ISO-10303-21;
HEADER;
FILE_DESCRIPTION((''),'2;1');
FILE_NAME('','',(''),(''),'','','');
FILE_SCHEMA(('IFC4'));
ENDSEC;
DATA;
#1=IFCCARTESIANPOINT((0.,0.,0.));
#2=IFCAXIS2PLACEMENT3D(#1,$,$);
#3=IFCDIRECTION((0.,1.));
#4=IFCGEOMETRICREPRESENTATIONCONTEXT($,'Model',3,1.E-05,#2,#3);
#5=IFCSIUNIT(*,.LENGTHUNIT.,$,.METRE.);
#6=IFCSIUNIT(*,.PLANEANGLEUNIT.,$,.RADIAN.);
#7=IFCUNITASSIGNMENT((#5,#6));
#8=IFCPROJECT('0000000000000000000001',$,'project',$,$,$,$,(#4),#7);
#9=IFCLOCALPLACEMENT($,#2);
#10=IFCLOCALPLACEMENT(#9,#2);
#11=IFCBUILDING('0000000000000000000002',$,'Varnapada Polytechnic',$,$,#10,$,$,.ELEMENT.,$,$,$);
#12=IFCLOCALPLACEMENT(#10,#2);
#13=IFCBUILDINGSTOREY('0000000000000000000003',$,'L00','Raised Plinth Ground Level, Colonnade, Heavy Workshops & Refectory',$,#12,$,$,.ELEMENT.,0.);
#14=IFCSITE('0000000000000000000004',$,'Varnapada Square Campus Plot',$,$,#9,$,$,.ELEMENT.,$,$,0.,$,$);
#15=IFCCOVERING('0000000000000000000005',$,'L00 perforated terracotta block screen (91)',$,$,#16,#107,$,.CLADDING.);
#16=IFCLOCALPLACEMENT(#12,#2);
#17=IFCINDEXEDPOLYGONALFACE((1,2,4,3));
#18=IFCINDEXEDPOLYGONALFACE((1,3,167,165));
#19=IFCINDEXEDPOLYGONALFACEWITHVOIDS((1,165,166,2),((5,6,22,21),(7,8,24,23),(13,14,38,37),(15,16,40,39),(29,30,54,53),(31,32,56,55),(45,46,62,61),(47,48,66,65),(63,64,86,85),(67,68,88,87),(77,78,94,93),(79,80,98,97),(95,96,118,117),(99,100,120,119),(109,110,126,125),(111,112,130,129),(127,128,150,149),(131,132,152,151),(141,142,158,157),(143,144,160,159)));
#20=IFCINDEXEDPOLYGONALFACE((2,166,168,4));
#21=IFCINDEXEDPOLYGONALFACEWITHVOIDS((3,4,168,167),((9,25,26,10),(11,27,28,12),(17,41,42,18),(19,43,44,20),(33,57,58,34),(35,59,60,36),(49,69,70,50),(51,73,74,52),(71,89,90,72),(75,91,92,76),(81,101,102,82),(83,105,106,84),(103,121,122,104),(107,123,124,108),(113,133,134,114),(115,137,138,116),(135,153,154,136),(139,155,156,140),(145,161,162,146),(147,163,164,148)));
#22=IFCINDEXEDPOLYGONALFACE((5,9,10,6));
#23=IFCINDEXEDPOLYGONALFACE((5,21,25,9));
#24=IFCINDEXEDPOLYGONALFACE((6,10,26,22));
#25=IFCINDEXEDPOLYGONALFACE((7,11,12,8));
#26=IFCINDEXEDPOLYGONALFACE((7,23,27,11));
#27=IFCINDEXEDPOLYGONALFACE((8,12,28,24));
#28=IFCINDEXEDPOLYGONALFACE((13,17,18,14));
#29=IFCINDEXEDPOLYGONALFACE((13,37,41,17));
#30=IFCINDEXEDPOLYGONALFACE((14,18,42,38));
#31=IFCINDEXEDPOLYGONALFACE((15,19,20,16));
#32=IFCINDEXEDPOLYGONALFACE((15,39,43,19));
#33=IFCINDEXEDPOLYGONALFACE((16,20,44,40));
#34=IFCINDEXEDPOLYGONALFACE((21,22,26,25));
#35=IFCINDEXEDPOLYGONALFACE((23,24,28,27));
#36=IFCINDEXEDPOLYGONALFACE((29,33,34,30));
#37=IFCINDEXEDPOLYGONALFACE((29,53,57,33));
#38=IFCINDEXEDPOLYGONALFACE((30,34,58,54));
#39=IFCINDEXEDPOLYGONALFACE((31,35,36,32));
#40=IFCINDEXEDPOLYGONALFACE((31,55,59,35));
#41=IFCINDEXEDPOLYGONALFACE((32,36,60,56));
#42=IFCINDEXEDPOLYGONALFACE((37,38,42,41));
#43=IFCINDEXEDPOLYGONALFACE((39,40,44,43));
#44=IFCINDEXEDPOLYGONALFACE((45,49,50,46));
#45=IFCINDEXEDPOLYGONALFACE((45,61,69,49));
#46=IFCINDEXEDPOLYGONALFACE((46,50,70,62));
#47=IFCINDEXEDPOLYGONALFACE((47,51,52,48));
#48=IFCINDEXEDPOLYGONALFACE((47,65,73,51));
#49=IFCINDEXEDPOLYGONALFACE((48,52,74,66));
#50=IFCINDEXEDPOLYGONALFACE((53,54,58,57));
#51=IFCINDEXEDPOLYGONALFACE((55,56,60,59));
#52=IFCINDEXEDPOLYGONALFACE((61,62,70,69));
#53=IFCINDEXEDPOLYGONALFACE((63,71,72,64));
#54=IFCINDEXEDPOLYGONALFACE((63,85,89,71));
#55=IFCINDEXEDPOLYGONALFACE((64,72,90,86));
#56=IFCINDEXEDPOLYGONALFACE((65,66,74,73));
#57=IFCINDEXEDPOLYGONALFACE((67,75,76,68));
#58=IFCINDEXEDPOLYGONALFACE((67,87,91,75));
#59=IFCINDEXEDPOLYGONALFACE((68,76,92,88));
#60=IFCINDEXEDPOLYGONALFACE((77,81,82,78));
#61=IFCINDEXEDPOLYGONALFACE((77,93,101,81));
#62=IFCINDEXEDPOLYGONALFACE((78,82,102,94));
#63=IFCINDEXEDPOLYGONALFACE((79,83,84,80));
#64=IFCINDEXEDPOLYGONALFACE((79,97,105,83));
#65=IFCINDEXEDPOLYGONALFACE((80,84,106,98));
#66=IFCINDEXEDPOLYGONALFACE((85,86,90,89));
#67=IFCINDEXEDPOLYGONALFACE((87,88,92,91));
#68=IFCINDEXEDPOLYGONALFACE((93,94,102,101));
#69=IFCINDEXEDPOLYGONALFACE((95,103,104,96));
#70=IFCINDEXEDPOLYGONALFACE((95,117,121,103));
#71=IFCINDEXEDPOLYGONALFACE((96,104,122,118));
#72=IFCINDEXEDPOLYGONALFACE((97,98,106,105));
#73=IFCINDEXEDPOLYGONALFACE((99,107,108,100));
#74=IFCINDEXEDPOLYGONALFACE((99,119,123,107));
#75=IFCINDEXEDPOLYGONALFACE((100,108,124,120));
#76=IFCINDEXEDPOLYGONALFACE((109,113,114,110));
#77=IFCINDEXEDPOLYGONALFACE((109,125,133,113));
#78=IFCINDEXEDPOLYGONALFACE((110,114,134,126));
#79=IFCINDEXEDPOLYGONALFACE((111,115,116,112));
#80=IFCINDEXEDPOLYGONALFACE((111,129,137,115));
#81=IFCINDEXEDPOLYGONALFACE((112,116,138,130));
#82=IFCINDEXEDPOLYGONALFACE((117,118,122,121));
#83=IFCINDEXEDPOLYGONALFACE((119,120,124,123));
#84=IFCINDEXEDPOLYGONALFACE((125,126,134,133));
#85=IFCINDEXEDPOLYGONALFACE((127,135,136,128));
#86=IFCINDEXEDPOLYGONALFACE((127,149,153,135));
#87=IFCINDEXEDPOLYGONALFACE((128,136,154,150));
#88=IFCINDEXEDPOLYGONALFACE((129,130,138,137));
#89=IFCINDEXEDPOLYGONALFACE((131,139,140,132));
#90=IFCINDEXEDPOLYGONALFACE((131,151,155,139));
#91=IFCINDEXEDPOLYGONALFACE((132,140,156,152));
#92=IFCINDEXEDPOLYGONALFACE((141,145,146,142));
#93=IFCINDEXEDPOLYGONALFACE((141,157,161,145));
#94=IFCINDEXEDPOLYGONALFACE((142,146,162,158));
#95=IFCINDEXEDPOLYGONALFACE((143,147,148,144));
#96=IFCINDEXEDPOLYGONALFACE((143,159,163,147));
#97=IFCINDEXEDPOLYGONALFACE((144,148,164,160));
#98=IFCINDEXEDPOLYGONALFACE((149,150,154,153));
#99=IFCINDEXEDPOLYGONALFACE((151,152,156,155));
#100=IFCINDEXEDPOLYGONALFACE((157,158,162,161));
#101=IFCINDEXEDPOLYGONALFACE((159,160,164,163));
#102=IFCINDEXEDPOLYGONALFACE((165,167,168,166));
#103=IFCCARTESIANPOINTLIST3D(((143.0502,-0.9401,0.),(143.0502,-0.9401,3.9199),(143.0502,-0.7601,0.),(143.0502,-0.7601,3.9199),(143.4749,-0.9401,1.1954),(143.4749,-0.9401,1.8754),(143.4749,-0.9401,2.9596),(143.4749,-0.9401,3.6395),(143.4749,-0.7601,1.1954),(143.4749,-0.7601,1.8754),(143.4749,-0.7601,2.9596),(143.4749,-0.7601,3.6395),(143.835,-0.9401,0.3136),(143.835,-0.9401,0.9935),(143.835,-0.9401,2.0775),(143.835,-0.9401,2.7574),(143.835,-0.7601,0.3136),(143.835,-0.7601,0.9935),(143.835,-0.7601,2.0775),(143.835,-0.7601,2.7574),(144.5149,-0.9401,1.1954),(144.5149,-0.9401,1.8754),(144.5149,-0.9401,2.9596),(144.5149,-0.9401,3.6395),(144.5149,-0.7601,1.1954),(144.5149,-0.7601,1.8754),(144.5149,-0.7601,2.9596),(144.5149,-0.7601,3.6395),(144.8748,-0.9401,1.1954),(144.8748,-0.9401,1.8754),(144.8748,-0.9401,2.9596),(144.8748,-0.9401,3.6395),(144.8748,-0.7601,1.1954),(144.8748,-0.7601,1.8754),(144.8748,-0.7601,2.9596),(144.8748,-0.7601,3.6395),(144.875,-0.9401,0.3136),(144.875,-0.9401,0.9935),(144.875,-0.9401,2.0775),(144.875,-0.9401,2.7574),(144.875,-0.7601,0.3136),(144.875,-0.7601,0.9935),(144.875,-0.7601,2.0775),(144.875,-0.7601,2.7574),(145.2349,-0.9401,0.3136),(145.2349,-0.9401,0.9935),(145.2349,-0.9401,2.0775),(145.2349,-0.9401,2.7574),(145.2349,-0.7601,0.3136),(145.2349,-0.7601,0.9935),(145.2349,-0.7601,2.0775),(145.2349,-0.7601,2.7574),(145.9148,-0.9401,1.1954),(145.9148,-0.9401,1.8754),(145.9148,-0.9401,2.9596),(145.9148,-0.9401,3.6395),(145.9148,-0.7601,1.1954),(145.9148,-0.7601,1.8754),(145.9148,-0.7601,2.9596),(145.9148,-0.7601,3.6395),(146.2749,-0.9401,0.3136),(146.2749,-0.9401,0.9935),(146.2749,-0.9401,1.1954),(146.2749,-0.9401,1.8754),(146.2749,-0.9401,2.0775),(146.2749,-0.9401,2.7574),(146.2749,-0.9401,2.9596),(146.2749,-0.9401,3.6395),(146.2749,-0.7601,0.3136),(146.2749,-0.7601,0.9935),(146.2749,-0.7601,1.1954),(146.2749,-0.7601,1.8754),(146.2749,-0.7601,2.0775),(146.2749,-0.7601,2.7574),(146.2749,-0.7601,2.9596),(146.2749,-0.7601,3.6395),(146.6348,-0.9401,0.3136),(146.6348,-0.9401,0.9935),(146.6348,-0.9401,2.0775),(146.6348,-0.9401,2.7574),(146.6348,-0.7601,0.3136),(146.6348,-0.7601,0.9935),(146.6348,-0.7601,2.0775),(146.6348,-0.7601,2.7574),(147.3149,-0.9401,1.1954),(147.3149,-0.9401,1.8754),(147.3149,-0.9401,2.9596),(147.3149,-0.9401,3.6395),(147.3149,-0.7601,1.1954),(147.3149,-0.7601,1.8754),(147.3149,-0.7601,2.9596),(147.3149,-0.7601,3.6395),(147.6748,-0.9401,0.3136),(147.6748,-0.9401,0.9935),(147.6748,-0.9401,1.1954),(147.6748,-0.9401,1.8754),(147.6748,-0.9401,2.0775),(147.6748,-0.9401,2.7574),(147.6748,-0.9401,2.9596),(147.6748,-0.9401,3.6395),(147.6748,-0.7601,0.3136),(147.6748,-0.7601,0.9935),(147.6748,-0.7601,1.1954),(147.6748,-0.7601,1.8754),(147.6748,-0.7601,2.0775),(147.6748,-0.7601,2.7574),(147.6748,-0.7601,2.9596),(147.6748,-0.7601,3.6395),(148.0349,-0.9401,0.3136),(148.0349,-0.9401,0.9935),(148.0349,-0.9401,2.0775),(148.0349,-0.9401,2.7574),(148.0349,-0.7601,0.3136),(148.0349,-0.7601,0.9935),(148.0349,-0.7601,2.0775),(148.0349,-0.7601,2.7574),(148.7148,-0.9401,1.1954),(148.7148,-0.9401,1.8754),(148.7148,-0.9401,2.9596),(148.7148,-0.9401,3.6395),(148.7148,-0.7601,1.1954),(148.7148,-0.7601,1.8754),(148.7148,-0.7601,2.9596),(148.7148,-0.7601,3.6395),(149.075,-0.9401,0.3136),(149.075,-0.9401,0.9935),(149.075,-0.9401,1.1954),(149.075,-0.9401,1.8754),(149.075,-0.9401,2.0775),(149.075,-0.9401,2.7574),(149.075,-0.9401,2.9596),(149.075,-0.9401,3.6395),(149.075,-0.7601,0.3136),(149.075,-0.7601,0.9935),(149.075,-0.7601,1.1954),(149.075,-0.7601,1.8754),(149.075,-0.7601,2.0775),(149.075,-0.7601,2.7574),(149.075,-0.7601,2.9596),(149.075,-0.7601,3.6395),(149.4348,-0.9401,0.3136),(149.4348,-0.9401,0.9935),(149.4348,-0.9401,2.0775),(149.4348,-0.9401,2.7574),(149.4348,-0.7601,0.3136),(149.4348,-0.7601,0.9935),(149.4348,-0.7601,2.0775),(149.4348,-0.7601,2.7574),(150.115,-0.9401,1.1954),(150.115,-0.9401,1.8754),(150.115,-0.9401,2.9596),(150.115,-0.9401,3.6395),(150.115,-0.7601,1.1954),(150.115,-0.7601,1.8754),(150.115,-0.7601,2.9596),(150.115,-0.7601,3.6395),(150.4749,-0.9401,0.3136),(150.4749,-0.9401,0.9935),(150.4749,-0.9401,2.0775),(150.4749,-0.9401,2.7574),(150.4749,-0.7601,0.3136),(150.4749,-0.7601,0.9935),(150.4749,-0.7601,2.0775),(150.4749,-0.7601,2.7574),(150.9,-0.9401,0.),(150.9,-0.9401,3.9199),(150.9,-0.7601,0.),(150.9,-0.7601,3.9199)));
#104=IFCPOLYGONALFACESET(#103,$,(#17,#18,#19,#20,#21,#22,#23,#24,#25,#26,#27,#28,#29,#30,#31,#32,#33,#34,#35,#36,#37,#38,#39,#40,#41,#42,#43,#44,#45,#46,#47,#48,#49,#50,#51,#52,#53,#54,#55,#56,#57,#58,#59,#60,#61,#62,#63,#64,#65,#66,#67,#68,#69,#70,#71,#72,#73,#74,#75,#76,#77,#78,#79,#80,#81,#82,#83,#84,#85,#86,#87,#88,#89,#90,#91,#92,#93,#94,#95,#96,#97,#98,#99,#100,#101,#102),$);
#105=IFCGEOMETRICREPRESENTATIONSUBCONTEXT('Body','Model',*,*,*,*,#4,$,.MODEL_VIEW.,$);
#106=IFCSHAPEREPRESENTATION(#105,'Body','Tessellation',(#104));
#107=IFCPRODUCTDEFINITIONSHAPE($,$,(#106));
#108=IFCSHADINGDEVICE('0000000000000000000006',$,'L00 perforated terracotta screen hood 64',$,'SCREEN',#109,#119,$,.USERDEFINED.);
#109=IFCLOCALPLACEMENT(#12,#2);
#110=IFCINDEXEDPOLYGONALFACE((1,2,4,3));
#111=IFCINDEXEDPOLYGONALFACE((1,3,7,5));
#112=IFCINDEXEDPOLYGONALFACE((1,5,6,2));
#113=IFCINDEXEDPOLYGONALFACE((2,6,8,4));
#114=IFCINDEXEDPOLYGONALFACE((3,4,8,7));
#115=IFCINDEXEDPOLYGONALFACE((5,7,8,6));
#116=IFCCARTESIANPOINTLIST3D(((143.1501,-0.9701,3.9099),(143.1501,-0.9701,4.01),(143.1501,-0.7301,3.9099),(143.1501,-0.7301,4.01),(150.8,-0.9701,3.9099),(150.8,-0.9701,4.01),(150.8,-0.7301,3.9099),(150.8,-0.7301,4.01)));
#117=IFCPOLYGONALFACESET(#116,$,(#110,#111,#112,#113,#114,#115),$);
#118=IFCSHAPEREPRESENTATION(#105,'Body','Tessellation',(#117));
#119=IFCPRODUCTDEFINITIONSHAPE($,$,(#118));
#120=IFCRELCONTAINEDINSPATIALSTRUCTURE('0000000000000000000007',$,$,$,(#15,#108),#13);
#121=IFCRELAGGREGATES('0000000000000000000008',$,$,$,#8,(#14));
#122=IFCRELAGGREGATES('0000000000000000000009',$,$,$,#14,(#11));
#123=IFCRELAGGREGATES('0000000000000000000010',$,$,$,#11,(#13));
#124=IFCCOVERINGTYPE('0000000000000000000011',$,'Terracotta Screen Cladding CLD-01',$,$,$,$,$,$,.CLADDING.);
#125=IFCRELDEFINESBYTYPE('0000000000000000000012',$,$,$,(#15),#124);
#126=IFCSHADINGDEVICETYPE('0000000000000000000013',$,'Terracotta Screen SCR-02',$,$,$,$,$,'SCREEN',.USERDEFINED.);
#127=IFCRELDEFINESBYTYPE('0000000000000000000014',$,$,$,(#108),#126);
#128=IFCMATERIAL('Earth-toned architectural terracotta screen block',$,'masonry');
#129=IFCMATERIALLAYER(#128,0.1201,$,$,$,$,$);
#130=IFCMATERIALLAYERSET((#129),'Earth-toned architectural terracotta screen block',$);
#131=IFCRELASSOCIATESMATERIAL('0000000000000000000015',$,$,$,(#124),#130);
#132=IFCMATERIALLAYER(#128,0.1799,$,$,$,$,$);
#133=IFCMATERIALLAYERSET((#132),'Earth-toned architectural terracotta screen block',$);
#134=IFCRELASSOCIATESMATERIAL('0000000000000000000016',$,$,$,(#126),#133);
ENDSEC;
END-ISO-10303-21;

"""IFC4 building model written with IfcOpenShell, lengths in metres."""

from ifc_helpers import new_model, si_unit, direction, frame, frame_2d, origin, origin_2d, place, context, subcontext, project, spatial, rectangle, extrude, material, layer, layer_set, type_object, element, save


model = new_model("IFC4")

# Units and contexts
model_context = context("Model", 3, precision=1e-05, world=origin(), true_north=direction((0.0, 1.0)))
body_context = subcontext(model_context, "Body", "Model", "MODEL_VIEW")
ifc_project = project(units=[si_unit("LENGTHUNIT", "METRE"), si_unit("PLANEANGLEUNIT", "RADIAN")], contexts=[model_context])

# Site, building, storey
site_placement = place(None, origin())
site = spatial("IfcSite", under=ifc_project, at=site_placement, Name="Varnapada Square Campus Plot", CompositionType="ELEMENT", RefElevation=0.0)
building_placement = place(site_placement, origin())
building = spatial("IfcBuilding", under=site, at=building_placement, Name="Varnapada Polytechnic", CompositionType="ELEMENT")
storey_placement = place(building_placement, origin())
storey = spatial("IfcBuildingStorey", under=building, at=storey_placement, Name="L00", Description="Raised Plinth Ground Level, Colonnade, Heavy Workshops & Refectory", CompositionType="ELEMENT", Elevation=0.0)

# Covering, openings
ifc_material_1 = material(Name="Earth-toned architectural terracotta screen block", Category="masonry")
ifc_layer_1 = layer(ifc_material_1, 0.1201)
ifc_layer_set_1 = layer_set([ifc_layer_1], Name="Earth-toned architectural terracotta screen block")
covering_type_1 = type_object("IfcCoveringType", Name="Terracotta Screen Cladding CLD-01", PredefinedType="CLADDING", material=ifc_layer_set_1)
covering_1_placement = place(storey_placement, frame((150.8999, -0.8501, 0.0), z_axis=(0.0, 0.0, 1.0), x_axis=(-1.0, 0.0, 0.0)))
covering_1 = element("IfcCovering", 1, at=covering_1_placement, inside=storey, type_object=covering_type_1, Name="L00 perforated terracotta block screen (91)", PredefinedType="CLADDING", context=body_context, shape_type="SweptSolid", body=[
    extrude(rectangle(XDim=7.8499, YDim=0.1799, at=frame_2d((3.9248, 0.0))), origin(), (0.0, 0.0, 1.0), 3.9199),
])
opening_1_placement = place(covering_1_placement, frame((0.425, 0.0, 0.3137)))
element("IfcOpeningElement", 2, at=opening_1_placement, cuts=covering_1, PredefinedType="OPENING", context=body_context, shape_type="SweptSolid", body=[
    extrude(rectangle(XDim=1.04, YDim=0.6799, at=frame_2d((0.52, 0.3398))), frame((0.0, 0.0999, 0.0), z_axis=(0.0, -1.0, 0.0), x_axis=(1.0, 0.0, 0.0)), (0.0, 0.0, 1.0), 0.2),
])
opening_2_placement = place(covering_1_placement, frame((1.825, 0.0, 0.3137)))
element("IfcOpeningElement", 3, at=opening_2_placement, cuts=covering_1, PredefinedType="OPENING", context=body_context, shape_type="SweptSolid", body=[
    extrude(rectangle(XDim=1.04, YDim=0.6799, at=frame_2d((0.52, 0.3398))), frame((0.0, 0.0999, 0.0), z_axis=(0.0, -1.0, 0.0), x_axis=(1.0, 0.0, 0.0)), (0.0, 0.0, 1.0), 0.2),
])
opening_3_placement = place(covering_1_placement, frame((3.2251, 0.0, 0.3137)))
element("IfcOpeningElement", 4, at=opening_3_placement, cuts=covering_1, PredefinedType="OPENING", context=body_context, shape_type="SweptSolid", body=[
    extrude(rectangle(XDim=1.04, YDim=0.6799, at=frame_2d((0.52, 0.3398))), frame((0.0, 0.0999, 0.0), z_axis=(0.0, -1.0, 0.0), x_axis=(1.0, 0.0, 0.0)), (0.0, 0.0, 1.0), 0.2),
])
opening_4_placement = place(covering_1_placement, frame((4.625, 0.0, 0.3137)))
element("IfcOpeningElement", 5, at=opening_4_placement, cuts=covering_1, PredefinedType="OPENING", context=body_context, shape_type="SweptSolid", body=[
    extrude(rectangle(XDim=1.04, YDim=0.6799, at=frame_2d((0.52, 0.3398))), frame((0.0, 0.0999, 0.0), z_axis=(0.0, -1.0, 0.0), x_axis=(1.0, 0.0, 0.0)), (0.0, 0.0, 1.0), 0.2),
])
opening_5_placement = place(covering_1_placement, frame((6.0249, 0.0, 0.3137)))
element("IfcOpeningElement", 6, at=opening_5_placement, cuts=covering_1, PredefinedType="OPENING", context=body_context, shape_type="SweptSolid", body=[
    extrude(rectangle(XDim=1.04, YDim=0.6799, at=frame_2d((0.52, 0.3398))), frame((0.0, 0.0999, 0.0), z_axis=(0.0, -1.0, 0.0), x_axis=(1.0, 0.0, 0.0)), (0.0, 0.0, 1.0), 0.2),
])
opening_6_placement = place(covering_1_placement, frame((0.7849, 0.0, 1.1956)))
element("IfcOpeningElement", 7, at=opening_6_placement, cuts=covering_1, PredefinedType="OPENING", context=body_context, shape_type="SweptSolid", body=[
    extrude(rectangle(XDim=1.04, YDim=0.6799, at=frame_2d((0.52, 0.3398))), frame((0.0, 0.0999, 0.0), z_axis=(0.0, -1.0, 0.0), x_axis=(1.0, 0.0, 0.0)), (0.0, 0.0, 1.0), 0.2),
])
opening_7_placement = place(covering_1_placement, frame((2.1851, 0.0, 1.1956)))
element("IfcOpeningElement", 8, at=opening_7_placement, cuts=covering_1, PredefinedType="OPENING", context=body_context, shape_type="SweptSolid", body=[
    extrude(rectangle(XDim=1.04, YDim=0.6799, at=frame_2d((0.52, 0.3398))), frame((0.0, 0.0999, 0.0), z_axis=(0.0, -1.0, 0.0), x_axis=(1.0, 0.0, 0.0)), (0.0, 0.0, 1.0), 0.2),
])
opening_8_placement = place(covering_1_placement, frame((3.585, 0.0, 1.1956)))
element("IfcOpeningElement", 9, at=opening_8_placement, cuts=covering_1, PredefinedType="OPENING", context=body_context, shape_type="SweptSolid", body=[
    extrude(rectangle(XDim=1.04, YDim=0.6799, at=frame_2d((0.52, 0.3398))), frame((0.0, 0.0999, 0.0), z_axis=(0.0, -1.0, 0.0), x_axis=(1.0, 0.0, 0.0)), (0.0, 0.0, 1.0), 0.2),
])
opening_9_placement = place(covering_1_placement, frame((4.9851, 0.0, 1.1956)))
element("IfcOpeningElement", 10, at=opening_9_placement, cuts=covering_1, PredefinedType="OPENING", context=body_context, shape_type="SweptSolid", body=[
    extrude(rectangle(XDim=1.04, YDim=0.6799, at=frame_2d((0.52, 0.3398))), frame((0.0, 0.0999, 0.0), z_axis=(0.0, -1.0, 0.0), x_axis=(1.0, 0.0, 0.0)), (0.0, 0.0, 1.0), 0.2),
])
opening_10_placement = place(covering_1_placement, frame((6.385, 0.0, 1.1956)))
element("IfcOpeningElement", 11, at=opening_10_placement, cuts=covering_1, PredefinedType="OPENING", context=body_context, shape_type="SweptSolid", body=[
    extrude(rectangle(XDim=1.04, YDim=0.6799, at=frame_2d((0.52, 0.3398))), frame((0.0, 0.0999, 0.0), z_axis=(0.0, -1.0, 0.0), x_axis=(1.0, 0.0, 0.0)), (0.0, 0.0, 1.0), 0.2),
])
opening_11_placement = place(covering_1_placement, frame((0.425, 0.0, 2.0776)))
element("IfcOpeningElement", 12, at=opening_11_placement, cuts=covering_1, PredefinedType="OPENING", context=body_context, shape_type="SweptSolid", body=[
    extrude(rectangle(XDim=1.04, YDim=0.6799, at=frame_2d((0.52, 0.3398))), frame((0.0, 0.0999, 0.0), z_axis=(0.0, -1.0, 0.0), x_axis=(1.0, 0.0, 0.0)), (0.0, 0.0, 1.0), 0.2),
])
opening_12_placement = place(covering_1_placement, frame((1.825, 0.0, 2.0776)))
element("IfcOpeningElement", 13, at=opening_12_placement, cuts=covering_1, PredefinedType="OPENING", context=body_context, shape_type="SweptSolid", body=[
    extrude(rectangle(XDim=1.04, YDim=0.6799, at=frame_2d((0.52, 0.3398))), frame((0.0, 0.0999, 0.0), z_axis=(0.0, -1.0, 0.0), x_axis=(1.0, 0.0, 0.0)), (0.0, 0.0, 1.0), 0.2),
])
opening_13_placement = place(covering_1_placement, frame((3.2251, 0.0, 2.0776)))
element("IfcOpeningElement", 14, at=opening_13_placement, cuts=covering_1, PredefinedType="OPENING", context=body_context, shape_type="SweptSolid", body=[
    extrude(rectangle(XDim=1.04, YDim=0.6799, at=frame_2d((0.52, 0.3398))), frame((0.0, 0.0999, 0.0), z_axis=(0.0, -1.0, 0.0), x_axis=(1.0, 0.0, 0.0)), (0.0, 0.0, 1.0), 0.2),
])
opening_14_placement = place(covering_1_placement, frame((4.625, 0.0, 2.0776)))
element("IfcOpeningElement", 15, at=opening_14_placement, cuts=covering_1, PredefinedType="OPENING", context=body_context, shape_type="SweptSolid", body=[
    extrude(rectangle(XDim=1.04, YDim=0.6799, at=frame_2d((0.52, 0.3398))), frame((0.0, 0.0999, 0.0), z_axis=(0.0, -1.0, 0.0), x_axis=(1.0, 0.0, 0.0)), (0.0, 0.0, 1.0), 0.2),
])
opening_15_placement = place(covering_1_placement, frame((6.0249, 0.0, 2.0776)))
element("IfcOpeningElement", 16, at=opening_15_placement, cuts=covering_1, PredefinedType="OPENING", context=body_context, shape_type="SweptSolid", body=[
    extrude(rectangle(XDim=1.04, YDim=0.6799, at=frame_2d((0.52, 0.3398))), frame((0.0, 0.0999, 0.0), z_axis=(0.0, -1.0, 0.0), x_axis=(1.0, 0.0, 0.0)), (0.0, 0.0, 1.0), 0.2),
])
opening_16_placement = place(covering_1_placement, frame((0.7849, 0.0, 2.9597)))
element("IfcOpeningElement", 17, at=opening_16_placement, cuts=covering_1, PredefinedType="OPENING", context=body_context, shape_type="SweptSolid", body=[
    extrude(rectangle(XDim=1.04, YDim=0.6799, at=frame_2d((0.52, 0.3398))), frame((0.0, 0.0999, 0.0), z_axis=(0.0, -1.0, 0.0), x_axis=(1.0, 0.0, 0.0)), (0.0, 0.0, 1.0), 0.2),
])
opening_17_placement = place(covering_1_placement, frame((2.1851, 0.0, 2.9597)))
element("IfcOpeningElement", 18, at=opening_17_placement, cuts=covering_1, PredefinedType="OPENING", context=body_context, shape_type="SweptSolid", body=[
    extrude(rectangle(XDim=1.04, YDim=0.6799, at=frame_2d((0.52, 0.3398))), frame((0.0, 0.0999, 0.0), z_axis=(0.0, -1.0, 0.0), x_axis=(1.0, 0.0, 0.0)), (0.0, 0.0, 1.0), 0.2),
])
opening_18_placement = place(covering_1_placement, frame((3.585, 0.0, 2.9597)))
element("IfcOpeningElement", 19, at=opening_18_placement, cuts=covering_1, PredefinedType="OPENING", context=body_context, shape_type="SweptSolid", body=[
    extrude(rectangle(XDim=1.04, YDim=0.6799, at=frame_2d((0.52, 0.3398))), frame((0.0, 0.0999, 0.0), z_axis=(0.0, -1.0, 0.0), x_axis=(1.0, 0.0, 0.0)), (0.0, 0.0, 1.0), 0.2),
])
opening_19_placement = place(covering_1_placement, frame((4.9851, 0.0, 2.9597)))
element("IfcOpeningElement", 20, at=opening_19_placement, cuts=covering_1, PredefinedType="OPENING", context=body_context, shape_type="SweptSolid", body=[
    extrude(rectangle(XDim=1.04, YDim=0.6799, at=frame_2d((0.52, 0.3398))), frame((0.0, 0.0999, 0.0), z_axis=(0.0, -1.0, 0.0), x_axis=(1.0, 0.0, 0.0)), (0.0, 0.0, 1.0), 0.2),
])
opening_20_placement = place(covering_1_placement, frame((6.385, 0.0, 2.9597)))
element("IfcOpeningElement", 21, at=opening_20_placement, cuts=covering_1, PredefinedType="OPENING", context=body_context, shape_type="SweptSolid", body=[
    extrude(rectangle(XDim=1.04, YDim=0.6799, at=frame_2d((0.52, 0.3398))), frame((0.0, 0.0999, 0.0), z_axis=(0.0, -1.0, 0.0), x_axis=(1.0, 0.0, 0.0)), (0.0, 0.0, 1.0), 0.2),
])

# Shading device
ifc_layer_2 = layer(ifc_material_1, 0.1799)
ifc_layer_set_2 = layer_set([ifc_layer_2], Name="Earth-toned architectural terracotta screen block")
shading_device_type_1 = type_object("IfcShadingDeviceType", Name="Terracotta Screen SCR-02", ElementType="SCREEN", PredefinedType="USERDEFINED", material=ifc_layer_set_2)
shading_device_1_placement = place(storey_placement, frame((146.9751, -0.8501, 3.9099), z_axis=(0.0, 0.0, 1.0), x_axis=(-1.0, 0.0, 0.0)))
element("IfcShadingDevice", 22, at=shading_device_1_placement, inside=storey, type_object=shading_device_type_1, Name="L00 perforated terracotta screen hood 64", ObjectType="SCREEN", PredefinedType="USERDEFINED", context=body_context, shape_type="SweptSolid", body=[
    extrude(rectangle(XDim=7.6499, YDim=0.24, at=origin_2d()), origin(), (0.0, 0.0, 1.0), 0.1001),
])

save(model, "model.ifc")
